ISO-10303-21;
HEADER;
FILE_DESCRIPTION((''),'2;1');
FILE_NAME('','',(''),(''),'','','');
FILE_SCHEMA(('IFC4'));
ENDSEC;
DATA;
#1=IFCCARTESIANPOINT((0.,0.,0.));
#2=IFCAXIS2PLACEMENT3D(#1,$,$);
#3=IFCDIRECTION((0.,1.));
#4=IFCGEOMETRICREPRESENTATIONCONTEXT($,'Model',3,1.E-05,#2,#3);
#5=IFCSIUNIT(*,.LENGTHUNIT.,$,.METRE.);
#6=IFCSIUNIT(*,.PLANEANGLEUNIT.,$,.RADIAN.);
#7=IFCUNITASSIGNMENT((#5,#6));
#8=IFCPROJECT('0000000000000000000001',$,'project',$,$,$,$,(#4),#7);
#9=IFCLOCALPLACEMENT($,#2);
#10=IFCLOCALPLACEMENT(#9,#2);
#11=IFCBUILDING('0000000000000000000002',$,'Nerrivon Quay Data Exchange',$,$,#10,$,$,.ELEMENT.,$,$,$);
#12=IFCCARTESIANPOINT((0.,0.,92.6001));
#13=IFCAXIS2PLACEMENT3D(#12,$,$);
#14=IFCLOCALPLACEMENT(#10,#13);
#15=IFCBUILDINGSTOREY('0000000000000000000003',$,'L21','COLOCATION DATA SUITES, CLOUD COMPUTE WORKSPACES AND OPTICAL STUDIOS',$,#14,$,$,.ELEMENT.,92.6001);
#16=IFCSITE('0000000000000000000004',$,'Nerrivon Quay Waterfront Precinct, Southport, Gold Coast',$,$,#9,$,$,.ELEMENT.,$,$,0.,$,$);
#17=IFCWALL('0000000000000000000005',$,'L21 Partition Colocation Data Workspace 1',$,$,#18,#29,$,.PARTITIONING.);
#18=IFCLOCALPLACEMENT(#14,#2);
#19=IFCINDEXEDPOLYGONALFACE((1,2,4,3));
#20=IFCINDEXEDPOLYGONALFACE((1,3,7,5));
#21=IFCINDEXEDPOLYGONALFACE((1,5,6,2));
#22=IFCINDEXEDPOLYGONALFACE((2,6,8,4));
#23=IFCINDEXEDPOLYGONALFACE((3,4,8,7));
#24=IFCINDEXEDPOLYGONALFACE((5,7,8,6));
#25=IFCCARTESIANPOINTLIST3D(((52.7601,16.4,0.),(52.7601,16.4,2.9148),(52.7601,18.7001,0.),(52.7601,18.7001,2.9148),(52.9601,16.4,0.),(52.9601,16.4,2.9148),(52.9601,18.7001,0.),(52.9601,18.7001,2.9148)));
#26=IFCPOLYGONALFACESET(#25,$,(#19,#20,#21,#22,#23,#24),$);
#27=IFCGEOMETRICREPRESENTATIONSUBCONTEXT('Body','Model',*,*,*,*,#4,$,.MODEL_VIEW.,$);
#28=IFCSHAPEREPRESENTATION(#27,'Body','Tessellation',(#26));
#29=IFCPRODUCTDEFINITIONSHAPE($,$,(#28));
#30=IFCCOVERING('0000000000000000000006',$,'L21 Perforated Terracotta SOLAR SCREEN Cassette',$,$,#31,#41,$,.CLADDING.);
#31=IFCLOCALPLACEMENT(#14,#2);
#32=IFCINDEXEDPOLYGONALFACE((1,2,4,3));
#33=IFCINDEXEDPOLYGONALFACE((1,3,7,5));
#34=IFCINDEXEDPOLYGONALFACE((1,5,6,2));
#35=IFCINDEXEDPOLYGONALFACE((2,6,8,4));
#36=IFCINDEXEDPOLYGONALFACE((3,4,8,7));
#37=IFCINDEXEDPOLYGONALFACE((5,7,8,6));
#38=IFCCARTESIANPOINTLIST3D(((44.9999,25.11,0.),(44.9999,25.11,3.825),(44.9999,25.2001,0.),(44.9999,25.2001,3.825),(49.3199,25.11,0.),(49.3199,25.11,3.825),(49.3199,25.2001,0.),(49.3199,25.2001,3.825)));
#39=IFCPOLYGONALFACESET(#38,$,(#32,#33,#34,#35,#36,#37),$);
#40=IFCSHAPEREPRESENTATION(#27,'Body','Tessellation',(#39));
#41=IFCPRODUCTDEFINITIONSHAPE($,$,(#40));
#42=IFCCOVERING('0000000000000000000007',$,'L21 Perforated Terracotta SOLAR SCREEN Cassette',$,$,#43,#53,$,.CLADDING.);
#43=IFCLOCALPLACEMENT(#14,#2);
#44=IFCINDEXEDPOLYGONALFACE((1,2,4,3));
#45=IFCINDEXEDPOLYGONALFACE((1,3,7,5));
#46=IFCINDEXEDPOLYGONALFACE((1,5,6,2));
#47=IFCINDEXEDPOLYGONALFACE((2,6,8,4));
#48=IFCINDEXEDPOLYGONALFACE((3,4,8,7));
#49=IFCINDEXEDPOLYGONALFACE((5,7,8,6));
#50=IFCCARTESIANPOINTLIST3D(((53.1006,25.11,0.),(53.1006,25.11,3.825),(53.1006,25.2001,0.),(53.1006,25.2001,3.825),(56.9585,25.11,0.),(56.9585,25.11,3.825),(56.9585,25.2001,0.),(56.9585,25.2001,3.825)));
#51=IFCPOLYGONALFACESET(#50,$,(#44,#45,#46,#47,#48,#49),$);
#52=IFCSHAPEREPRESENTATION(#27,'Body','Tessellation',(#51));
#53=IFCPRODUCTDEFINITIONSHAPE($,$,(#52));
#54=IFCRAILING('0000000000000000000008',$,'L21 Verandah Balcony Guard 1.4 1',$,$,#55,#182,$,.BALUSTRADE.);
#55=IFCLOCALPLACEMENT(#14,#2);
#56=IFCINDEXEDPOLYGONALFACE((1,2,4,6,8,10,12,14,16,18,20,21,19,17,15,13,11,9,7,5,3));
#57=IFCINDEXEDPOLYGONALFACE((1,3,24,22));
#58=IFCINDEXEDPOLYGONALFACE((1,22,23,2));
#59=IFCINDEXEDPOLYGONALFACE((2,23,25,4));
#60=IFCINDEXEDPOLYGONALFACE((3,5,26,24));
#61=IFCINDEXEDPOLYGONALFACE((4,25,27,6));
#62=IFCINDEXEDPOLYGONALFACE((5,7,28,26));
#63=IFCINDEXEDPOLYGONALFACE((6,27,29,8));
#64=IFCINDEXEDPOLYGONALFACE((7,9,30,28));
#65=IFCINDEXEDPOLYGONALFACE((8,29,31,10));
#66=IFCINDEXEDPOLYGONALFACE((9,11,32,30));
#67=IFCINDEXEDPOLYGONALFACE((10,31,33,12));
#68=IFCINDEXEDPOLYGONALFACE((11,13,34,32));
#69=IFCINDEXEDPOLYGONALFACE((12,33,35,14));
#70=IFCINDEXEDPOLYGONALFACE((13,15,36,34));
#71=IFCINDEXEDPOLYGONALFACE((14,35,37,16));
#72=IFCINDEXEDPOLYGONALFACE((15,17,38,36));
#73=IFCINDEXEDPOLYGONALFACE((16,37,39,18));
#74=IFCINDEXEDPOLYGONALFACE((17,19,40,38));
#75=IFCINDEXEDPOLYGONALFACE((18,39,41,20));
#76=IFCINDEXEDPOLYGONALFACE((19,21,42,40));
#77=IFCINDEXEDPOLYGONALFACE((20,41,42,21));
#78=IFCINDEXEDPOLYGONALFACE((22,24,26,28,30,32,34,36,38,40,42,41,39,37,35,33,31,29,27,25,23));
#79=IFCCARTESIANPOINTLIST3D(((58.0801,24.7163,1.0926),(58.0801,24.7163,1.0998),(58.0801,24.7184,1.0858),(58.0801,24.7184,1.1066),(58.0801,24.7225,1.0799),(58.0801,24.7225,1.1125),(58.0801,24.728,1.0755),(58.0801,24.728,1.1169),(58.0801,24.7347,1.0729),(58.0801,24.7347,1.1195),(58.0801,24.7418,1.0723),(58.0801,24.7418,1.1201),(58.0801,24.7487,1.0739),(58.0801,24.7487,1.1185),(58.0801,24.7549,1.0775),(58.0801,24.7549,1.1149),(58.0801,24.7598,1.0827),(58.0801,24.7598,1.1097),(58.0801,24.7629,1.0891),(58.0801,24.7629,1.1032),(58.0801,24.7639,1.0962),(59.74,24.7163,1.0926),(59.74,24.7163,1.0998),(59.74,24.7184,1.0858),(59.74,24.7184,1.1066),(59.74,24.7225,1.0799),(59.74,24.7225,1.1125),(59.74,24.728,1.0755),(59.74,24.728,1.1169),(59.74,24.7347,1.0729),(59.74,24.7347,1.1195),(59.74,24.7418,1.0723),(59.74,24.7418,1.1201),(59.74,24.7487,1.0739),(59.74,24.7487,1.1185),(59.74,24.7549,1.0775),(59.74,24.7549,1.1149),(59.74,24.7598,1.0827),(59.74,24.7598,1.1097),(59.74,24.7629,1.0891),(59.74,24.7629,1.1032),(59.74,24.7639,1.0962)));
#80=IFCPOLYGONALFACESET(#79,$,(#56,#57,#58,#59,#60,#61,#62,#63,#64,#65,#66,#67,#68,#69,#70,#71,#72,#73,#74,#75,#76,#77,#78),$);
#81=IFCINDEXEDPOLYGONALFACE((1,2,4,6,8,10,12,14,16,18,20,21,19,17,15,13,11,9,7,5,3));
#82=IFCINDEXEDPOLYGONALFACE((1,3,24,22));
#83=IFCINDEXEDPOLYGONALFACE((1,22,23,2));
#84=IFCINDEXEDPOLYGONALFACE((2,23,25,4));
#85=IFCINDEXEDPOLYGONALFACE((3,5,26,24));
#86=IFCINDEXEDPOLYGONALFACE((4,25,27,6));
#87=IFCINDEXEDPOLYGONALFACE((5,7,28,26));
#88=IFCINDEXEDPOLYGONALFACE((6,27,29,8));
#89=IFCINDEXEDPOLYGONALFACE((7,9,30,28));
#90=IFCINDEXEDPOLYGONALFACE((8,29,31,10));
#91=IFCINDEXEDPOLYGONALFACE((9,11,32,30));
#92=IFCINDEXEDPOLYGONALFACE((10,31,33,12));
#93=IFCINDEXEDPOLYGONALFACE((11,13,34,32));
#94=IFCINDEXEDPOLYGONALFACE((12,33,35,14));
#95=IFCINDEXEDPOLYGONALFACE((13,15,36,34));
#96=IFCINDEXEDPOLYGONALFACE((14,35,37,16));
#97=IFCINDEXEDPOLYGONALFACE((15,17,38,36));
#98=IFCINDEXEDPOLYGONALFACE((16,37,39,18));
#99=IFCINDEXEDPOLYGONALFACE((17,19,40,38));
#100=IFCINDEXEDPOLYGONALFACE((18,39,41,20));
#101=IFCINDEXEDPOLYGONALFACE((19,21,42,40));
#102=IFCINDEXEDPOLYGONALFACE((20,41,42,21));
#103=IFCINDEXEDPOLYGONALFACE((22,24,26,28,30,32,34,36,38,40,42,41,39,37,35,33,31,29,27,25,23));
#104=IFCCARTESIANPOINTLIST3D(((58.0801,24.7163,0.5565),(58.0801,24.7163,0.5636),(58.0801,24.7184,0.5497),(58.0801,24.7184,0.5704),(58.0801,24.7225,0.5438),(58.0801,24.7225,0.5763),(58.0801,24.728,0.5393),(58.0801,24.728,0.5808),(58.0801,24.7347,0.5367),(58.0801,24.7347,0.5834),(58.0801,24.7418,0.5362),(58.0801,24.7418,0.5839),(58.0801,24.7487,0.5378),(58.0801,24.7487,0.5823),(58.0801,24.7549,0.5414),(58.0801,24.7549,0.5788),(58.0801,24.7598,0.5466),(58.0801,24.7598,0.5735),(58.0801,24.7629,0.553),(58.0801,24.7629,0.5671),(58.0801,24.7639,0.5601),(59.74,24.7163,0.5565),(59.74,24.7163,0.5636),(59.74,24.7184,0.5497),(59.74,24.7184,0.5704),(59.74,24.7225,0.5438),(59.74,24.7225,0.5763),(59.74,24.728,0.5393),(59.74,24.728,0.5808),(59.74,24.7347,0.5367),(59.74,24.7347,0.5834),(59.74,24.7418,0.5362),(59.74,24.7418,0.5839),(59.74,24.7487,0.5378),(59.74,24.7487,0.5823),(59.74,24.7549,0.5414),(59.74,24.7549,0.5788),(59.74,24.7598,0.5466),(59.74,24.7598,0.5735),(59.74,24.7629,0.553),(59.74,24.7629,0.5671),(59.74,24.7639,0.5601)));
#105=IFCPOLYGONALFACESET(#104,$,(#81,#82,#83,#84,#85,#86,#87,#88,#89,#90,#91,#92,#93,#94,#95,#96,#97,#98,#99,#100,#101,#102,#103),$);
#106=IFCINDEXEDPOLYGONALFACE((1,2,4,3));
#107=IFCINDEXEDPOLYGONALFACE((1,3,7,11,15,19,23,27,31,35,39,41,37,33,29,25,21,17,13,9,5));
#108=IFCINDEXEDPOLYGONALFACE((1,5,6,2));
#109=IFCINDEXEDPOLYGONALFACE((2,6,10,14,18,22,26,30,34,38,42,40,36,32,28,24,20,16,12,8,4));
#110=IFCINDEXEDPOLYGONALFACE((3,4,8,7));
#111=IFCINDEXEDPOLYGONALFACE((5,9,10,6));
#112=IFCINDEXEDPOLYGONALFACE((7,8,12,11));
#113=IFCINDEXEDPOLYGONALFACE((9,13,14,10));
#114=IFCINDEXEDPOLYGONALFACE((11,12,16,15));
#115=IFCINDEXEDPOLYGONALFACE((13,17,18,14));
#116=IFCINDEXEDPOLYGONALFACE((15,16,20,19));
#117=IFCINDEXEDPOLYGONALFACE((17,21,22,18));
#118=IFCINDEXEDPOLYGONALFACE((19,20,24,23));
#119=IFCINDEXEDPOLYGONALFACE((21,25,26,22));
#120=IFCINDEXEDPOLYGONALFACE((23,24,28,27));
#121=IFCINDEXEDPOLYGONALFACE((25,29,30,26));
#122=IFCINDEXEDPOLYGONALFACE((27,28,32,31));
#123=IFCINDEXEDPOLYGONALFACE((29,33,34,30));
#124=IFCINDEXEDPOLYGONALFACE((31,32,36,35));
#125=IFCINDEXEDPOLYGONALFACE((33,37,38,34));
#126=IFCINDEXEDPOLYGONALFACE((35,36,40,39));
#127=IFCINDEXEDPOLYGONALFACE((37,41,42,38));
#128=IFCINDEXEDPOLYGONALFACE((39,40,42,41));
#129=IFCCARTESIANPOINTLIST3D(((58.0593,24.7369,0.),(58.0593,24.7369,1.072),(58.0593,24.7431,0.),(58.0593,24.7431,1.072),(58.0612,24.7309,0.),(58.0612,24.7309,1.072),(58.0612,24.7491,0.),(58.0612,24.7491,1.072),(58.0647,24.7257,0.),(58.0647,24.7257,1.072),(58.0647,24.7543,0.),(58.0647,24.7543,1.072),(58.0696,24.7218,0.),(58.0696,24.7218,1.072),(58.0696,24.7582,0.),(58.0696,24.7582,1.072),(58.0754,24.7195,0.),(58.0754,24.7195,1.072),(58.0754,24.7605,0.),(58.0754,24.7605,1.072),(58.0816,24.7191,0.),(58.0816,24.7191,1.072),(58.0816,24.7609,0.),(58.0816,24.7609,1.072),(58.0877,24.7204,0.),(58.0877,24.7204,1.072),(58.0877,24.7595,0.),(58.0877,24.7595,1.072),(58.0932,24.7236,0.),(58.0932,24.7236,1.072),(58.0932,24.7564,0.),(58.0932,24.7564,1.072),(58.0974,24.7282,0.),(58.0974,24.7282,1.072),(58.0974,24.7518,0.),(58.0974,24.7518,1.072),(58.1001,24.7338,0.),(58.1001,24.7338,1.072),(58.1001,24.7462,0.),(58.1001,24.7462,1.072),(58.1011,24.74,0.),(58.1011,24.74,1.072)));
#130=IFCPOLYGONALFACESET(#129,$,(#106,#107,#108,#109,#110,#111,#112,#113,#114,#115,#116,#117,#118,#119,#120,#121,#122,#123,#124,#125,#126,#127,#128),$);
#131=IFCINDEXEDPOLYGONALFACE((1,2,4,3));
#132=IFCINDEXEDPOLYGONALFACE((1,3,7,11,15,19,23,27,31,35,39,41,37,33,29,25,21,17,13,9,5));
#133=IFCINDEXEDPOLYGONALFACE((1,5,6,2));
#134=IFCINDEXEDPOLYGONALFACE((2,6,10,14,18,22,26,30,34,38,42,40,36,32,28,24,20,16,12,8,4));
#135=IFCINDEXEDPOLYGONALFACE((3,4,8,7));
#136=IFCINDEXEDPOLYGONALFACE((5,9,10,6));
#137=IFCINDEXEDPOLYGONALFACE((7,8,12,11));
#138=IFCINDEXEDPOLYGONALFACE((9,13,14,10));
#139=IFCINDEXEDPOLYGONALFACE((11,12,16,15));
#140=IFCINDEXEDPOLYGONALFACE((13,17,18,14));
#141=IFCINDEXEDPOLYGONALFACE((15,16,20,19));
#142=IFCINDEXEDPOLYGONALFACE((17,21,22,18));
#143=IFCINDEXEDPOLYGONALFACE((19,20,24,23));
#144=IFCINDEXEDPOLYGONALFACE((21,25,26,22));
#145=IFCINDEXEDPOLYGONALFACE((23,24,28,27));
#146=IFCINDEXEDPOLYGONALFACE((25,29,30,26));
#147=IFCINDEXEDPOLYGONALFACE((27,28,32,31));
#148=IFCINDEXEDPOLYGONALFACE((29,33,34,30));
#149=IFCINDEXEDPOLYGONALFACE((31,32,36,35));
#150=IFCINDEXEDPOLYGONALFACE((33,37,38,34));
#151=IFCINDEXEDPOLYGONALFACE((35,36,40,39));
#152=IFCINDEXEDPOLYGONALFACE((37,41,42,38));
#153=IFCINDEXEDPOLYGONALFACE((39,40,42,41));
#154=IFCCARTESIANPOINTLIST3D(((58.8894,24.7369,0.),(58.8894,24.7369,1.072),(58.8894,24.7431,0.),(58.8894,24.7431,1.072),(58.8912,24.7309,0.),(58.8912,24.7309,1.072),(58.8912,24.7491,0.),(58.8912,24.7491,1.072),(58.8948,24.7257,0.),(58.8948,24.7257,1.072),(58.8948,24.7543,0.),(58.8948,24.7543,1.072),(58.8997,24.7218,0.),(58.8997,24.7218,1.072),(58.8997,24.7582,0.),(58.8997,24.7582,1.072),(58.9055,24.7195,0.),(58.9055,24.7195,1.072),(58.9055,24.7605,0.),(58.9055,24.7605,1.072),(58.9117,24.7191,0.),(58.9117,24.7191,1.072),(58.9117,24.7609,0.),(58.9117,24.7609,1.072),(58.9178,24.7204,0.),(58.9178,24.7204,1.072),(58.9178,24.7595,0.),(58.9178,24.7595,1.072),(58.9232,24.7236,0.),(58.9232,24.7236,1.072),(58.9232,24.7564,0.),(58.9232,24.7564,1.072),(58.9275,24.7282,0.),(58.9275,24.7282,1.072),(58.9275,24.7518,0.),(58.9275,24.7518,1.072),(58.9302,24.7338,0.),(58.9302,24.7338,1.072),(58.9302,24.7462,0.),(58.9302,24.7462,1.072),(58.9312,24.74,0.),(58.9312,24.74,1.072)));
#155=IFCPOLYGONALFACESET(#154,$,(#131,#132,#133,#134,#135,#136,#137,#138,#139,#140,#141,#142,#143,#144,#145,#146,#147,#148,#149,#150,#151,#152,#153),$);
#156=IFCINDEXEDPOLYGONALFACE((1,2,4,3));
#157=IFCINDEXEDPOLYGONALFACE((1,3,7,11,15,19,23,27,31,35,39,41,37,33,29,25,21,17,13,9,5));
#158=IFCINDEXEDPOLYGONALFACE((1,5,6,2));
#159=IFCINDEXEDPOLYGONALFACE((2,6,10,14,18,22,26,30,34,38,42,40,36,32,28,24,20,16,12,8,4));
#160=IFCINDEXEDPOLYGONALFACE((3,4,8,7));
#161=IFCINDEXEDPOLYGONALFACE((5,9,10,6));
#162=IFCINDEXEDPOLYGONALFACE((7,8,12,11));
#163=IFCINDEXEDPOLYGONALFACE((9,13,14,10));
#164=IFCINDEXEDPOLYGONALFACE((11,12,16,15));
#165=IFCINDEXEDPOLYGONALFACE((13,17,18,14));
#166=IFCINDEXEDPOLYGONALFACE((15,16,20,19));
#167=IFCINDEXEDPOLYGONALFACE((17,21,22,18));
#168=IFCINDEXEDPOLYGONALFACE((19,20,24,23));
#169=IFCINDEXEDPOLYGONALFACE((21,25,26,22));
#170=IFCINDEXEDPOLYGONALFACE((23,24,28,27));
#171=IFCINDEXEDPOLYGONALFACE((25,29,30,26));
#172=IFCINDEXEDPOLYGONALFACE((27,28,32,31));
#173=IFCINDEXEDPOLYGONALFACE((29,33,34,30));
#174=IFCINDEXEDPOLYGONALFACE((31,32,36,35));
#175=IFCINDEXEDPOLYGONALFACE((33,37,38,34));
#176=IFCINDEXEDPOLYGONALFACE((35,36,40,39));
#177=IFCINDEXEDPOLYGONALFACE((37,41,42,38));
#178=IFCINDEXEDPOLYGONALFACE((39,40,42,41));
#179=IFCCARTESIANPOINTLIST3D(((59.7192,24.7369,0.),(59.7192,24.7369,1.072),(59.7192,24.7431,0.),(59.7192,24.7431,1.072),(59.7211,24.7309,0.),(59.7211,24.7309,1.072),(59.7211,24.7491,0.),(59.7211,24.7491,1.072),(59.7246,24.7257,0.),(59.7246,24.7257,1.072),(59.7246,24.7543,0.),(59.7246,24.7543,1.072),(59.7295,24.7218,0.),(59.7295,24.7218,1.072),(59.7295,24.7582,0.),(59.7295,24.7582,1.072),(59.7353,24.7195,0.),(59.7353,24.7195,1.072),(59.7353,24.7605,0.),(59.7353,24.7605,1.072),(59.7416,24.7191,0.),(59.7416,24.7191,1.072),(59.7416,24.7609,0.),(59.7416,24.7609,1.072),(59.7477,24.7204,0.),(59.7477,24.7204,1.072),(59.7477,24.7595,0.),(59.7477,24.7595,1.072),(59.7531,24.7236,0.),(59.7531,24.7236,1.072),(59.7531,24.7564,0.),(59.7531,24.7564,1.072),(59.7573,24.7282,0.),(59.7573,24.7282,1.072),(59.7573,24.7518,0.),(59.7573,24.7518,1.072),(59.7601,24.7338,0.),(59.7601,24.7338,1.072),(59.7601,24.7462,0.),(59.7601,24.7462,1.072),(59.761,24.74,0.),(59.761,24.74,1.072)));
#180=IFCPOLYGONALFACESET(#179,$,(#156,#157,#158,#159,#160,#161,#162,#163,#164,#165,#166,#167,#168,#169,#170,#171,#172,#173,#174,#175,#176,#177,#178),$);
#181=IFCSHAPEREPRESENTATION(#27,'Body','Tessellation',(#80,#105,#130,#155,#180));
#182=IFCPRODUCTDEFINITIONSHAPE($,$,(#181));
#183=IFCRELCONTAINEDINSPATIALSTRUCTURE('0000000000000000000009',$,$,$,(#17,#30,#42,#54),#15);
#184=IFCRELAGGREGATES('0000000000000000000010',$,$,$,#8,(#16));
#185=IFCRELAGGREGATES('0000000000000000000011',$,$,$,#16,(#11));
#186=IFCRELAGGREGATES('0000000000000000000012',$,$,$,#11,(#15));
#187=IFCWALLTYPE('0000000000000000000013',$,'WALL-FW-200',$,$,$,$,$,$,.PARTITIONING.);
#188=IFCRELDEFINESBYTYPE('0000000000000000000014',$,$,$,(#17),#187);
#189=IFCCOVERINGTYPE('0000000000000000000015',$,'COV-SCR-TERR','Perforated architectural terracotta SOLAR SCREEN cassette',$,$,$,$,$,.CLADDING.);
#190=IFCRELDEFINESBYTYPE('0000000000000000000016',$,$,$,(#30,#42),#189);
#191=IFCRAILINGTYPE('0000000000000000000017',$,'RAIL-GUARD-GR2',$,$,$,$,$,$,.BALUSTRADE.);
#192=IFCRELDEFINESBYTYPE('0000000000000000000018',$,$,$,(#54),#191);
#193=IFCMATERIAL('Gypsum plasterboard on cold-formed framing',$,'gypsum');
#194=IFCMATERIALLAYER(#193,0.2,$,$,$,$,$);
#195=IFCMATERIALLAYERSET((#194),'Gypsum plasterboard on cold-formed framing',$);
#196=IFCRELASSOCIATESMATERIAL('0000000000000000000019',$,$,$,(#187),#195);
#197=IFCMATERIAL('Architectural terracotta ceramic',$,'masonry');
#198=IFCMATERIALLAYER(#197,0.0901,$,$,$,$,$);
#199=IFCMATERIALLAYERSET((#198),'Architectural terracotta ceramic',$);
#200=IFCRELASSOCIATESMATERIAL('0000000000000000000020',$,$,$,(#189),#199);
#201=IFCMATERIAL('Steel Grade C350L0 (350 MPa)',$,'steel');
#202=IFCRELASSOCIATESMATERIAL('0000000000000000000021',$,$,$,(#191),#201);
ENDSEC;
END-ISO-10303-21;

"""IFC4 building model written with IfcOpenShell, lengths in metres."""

from ifc_helpers import new_model, si_unit, direction, frame, frame_2d, origin, origin_2d, place, context, subcontext, project, spatial, rectangle, circle, extrude, material, layer, layer_set, type_object, element, save


model = new_model("IFC4")

# Units and contexts
model_context = context("Model", 3, precision=1e-05, world=origin(), true_north=direction((0.0, 1.0)))
body_context = subcontext(model_context, "Body", "Model", "MODEL_VIEW")
ifc_project = project(units=[si_unit("LENGTHUNIT", "METRE"), si_unit("PLANEANGLEUNIT", "RADIAN")], contexts=[model_context])

# Site, building, storey
site_placement = place(None, origin())
site = spatial("IfcSite", under=ifc_project, at=site_placement, Name="Nerrivon Quay Waterfront Precinct, Southport, Gold Coast", CompositionType="ELEMENT", RefElevation=0.0)
building_placement = place(site_placement, origin())
building = spatial("IfcBuilding", under=site, at=building_placement, Name="Nerrivon Quay Data Exchange", CompositionType="ELEMENT")
storey_placement = place(building_placement, frame((0.0, 0.0, 92.6001)))
storey = spatial("IfcBuildingStorey", under=building, at=storey_placement, Name="L21", Description="COLOCATION DATA SUITES, CLOUD COMPUTE WORKSPACES AND OPTICAL STUDIOS", CompositionType="ELEMENT", Elevation=92.6001)

# Shared definitions
ifc_material_1 = material(Name="Gypsum plasterboard on cold-formed framing", Category="gypsum")
ifc_layer_1 = layer(ifc_material_1, 0.2)
ifc_layer_set_1 = layer_set([ifc_layer_1], Name="Gypsum plasterboard on cold-formed framing")
wall_type_1 = type_object("IfcWallType", Name="WALL-FW-200", PredefinedType="PARTITIONING", material=ifc_layer_set_1)

# Wall
wall_1_placement = place(storey_placement, frame((52.8601, 18.7, 0.0), z_axis=(0.0, 0.0, 1.0), x_axis=(0.0, -1.0, 0.0)))
element("IfcWall", 1, at=wall_1_placement, inside=storey, type_object=wall_type_1, Name="L21 Partition Colocation Data Workspace 1", PredefinedType="PARTITIONING", context=body_context, shape_type="SweptSolid", body=[
    extrude(rectangle(XDim=2.3, YDim=0.2, at=frame_2d((1.1499, 0.0))), origin(), (0.0, 0.0, 1.0), 2.9148),
])

# Coverings
ifc_material_2 = material(Name="Architectural terracotta ceramic", Category="masonry")
ifc_layer_2 = layer(ifc_material_2, 0.0901)
ifc_layer_set_2 = layer_set([ifc_layer_2], Name="Architectural terracotta ceramic")
covering_type = type_object("IfcCoveringType", Name="COV-SCR-TERR", Description="Perforated architectural terracotta SOLAR SCREEN cassette", PredefinedType="CLADDING", material=ifc_layer_set_2)
covering_1_placement = place(storey_placement, frame((47.1599, 25.155, 0.0), z_axis=(0.0, 0.0, 1.0), x_axis=(1.0, 0.0, 0.0)))
element("IfcCovering", 2, at=covering_1_placement, inside=storey, type_object=covering_type, Name="L21 Perforated Terracotta SOLAR SCREEN Cassette", PredefinedType="CLADDING", context=body_context, shape_type="SweptSolid", body=[
    extrude(rectangle(XDim=4.3201, YDim=0.0901, at=origin_2d()), origin(), (0.0, 0.0, 1.0), 3.825),
])
covering_2_placement = place(storey_placement, frame((55.0295, 25.155, 0.0), z_axis=(0.0, 0.0, 1.0), x_axis=(1.0, 0.0, 0.0)))
element("IfcCovering", 3, at=covering_2_placement, inside=storey, type_object=covering_type, Name="L21 Perforated Terracotta SOLAR SCREEN Cassette", PredefinedType="CLADDING", context=body_context, shape_type="SweptSolid", body=[
    extrude(rectangle(XDim=3.8579, YDim=0.0901, at=origin_2d()), origin(), (0.0, 0.0, 1.0), 3.825),
])

# Railing
ifc_material_3 = material(Name="Steel Grade C350L0 (350 MPa)", Category="steel")
railing_type = type_object("IfcRailingType", Name="RAIL-GUARD-GR2", PredefinedType="BALUSTRADE", material=ifc_material_3)
railing_1_placement = place(storey_placement, frame((58.0801, 24.74, 0.0)))
element("IfcRailing", 4, at=railing_1_placement, inside=storey, type_object=railing_type, Name="L21 Verandah Balcony Guard 1.4 1", PredefinedType="BALUSTRADE", context=body_context, shape_type="SweptSolid", body=[
    extrude(circle(Radius=0.0239, at=origin_2d()), frame((0.0, 0.0, 1.0962), z_axis=(1.0, 0.0, 0.0), x_axis=(0.0, 1.0, 0.0)), (0.0, 0.0, 1.0), 1.6599),
    extrude(circle(Radius=0.0239, at=origin_2d()), frame((0.0, 0.0, 0.5601), z_axis=(1.0, 0.0, 0.0), x_axis=(0.0, 1.0, 0.0)), (0.0, 0.0, 1.0), 1.6599),
    extrude(circle(Radius=0.021, at=origin_2d()), origin(), (0.0, 0.0, 1.0), 1.072),
    extrude(circle(Radius=0.021, at=origin_2d()), frame((0.8301, 0.0, 0.0)), (0.0, 0.0, 1.0), 1.072),
    extrude(circle(Radius=0.021, at=origin_2d()), frame((1.6599, 0.0, 0.0)), (0.0, 0.0, 1.0), 1.072),
])

save(model, "model.ifc")
